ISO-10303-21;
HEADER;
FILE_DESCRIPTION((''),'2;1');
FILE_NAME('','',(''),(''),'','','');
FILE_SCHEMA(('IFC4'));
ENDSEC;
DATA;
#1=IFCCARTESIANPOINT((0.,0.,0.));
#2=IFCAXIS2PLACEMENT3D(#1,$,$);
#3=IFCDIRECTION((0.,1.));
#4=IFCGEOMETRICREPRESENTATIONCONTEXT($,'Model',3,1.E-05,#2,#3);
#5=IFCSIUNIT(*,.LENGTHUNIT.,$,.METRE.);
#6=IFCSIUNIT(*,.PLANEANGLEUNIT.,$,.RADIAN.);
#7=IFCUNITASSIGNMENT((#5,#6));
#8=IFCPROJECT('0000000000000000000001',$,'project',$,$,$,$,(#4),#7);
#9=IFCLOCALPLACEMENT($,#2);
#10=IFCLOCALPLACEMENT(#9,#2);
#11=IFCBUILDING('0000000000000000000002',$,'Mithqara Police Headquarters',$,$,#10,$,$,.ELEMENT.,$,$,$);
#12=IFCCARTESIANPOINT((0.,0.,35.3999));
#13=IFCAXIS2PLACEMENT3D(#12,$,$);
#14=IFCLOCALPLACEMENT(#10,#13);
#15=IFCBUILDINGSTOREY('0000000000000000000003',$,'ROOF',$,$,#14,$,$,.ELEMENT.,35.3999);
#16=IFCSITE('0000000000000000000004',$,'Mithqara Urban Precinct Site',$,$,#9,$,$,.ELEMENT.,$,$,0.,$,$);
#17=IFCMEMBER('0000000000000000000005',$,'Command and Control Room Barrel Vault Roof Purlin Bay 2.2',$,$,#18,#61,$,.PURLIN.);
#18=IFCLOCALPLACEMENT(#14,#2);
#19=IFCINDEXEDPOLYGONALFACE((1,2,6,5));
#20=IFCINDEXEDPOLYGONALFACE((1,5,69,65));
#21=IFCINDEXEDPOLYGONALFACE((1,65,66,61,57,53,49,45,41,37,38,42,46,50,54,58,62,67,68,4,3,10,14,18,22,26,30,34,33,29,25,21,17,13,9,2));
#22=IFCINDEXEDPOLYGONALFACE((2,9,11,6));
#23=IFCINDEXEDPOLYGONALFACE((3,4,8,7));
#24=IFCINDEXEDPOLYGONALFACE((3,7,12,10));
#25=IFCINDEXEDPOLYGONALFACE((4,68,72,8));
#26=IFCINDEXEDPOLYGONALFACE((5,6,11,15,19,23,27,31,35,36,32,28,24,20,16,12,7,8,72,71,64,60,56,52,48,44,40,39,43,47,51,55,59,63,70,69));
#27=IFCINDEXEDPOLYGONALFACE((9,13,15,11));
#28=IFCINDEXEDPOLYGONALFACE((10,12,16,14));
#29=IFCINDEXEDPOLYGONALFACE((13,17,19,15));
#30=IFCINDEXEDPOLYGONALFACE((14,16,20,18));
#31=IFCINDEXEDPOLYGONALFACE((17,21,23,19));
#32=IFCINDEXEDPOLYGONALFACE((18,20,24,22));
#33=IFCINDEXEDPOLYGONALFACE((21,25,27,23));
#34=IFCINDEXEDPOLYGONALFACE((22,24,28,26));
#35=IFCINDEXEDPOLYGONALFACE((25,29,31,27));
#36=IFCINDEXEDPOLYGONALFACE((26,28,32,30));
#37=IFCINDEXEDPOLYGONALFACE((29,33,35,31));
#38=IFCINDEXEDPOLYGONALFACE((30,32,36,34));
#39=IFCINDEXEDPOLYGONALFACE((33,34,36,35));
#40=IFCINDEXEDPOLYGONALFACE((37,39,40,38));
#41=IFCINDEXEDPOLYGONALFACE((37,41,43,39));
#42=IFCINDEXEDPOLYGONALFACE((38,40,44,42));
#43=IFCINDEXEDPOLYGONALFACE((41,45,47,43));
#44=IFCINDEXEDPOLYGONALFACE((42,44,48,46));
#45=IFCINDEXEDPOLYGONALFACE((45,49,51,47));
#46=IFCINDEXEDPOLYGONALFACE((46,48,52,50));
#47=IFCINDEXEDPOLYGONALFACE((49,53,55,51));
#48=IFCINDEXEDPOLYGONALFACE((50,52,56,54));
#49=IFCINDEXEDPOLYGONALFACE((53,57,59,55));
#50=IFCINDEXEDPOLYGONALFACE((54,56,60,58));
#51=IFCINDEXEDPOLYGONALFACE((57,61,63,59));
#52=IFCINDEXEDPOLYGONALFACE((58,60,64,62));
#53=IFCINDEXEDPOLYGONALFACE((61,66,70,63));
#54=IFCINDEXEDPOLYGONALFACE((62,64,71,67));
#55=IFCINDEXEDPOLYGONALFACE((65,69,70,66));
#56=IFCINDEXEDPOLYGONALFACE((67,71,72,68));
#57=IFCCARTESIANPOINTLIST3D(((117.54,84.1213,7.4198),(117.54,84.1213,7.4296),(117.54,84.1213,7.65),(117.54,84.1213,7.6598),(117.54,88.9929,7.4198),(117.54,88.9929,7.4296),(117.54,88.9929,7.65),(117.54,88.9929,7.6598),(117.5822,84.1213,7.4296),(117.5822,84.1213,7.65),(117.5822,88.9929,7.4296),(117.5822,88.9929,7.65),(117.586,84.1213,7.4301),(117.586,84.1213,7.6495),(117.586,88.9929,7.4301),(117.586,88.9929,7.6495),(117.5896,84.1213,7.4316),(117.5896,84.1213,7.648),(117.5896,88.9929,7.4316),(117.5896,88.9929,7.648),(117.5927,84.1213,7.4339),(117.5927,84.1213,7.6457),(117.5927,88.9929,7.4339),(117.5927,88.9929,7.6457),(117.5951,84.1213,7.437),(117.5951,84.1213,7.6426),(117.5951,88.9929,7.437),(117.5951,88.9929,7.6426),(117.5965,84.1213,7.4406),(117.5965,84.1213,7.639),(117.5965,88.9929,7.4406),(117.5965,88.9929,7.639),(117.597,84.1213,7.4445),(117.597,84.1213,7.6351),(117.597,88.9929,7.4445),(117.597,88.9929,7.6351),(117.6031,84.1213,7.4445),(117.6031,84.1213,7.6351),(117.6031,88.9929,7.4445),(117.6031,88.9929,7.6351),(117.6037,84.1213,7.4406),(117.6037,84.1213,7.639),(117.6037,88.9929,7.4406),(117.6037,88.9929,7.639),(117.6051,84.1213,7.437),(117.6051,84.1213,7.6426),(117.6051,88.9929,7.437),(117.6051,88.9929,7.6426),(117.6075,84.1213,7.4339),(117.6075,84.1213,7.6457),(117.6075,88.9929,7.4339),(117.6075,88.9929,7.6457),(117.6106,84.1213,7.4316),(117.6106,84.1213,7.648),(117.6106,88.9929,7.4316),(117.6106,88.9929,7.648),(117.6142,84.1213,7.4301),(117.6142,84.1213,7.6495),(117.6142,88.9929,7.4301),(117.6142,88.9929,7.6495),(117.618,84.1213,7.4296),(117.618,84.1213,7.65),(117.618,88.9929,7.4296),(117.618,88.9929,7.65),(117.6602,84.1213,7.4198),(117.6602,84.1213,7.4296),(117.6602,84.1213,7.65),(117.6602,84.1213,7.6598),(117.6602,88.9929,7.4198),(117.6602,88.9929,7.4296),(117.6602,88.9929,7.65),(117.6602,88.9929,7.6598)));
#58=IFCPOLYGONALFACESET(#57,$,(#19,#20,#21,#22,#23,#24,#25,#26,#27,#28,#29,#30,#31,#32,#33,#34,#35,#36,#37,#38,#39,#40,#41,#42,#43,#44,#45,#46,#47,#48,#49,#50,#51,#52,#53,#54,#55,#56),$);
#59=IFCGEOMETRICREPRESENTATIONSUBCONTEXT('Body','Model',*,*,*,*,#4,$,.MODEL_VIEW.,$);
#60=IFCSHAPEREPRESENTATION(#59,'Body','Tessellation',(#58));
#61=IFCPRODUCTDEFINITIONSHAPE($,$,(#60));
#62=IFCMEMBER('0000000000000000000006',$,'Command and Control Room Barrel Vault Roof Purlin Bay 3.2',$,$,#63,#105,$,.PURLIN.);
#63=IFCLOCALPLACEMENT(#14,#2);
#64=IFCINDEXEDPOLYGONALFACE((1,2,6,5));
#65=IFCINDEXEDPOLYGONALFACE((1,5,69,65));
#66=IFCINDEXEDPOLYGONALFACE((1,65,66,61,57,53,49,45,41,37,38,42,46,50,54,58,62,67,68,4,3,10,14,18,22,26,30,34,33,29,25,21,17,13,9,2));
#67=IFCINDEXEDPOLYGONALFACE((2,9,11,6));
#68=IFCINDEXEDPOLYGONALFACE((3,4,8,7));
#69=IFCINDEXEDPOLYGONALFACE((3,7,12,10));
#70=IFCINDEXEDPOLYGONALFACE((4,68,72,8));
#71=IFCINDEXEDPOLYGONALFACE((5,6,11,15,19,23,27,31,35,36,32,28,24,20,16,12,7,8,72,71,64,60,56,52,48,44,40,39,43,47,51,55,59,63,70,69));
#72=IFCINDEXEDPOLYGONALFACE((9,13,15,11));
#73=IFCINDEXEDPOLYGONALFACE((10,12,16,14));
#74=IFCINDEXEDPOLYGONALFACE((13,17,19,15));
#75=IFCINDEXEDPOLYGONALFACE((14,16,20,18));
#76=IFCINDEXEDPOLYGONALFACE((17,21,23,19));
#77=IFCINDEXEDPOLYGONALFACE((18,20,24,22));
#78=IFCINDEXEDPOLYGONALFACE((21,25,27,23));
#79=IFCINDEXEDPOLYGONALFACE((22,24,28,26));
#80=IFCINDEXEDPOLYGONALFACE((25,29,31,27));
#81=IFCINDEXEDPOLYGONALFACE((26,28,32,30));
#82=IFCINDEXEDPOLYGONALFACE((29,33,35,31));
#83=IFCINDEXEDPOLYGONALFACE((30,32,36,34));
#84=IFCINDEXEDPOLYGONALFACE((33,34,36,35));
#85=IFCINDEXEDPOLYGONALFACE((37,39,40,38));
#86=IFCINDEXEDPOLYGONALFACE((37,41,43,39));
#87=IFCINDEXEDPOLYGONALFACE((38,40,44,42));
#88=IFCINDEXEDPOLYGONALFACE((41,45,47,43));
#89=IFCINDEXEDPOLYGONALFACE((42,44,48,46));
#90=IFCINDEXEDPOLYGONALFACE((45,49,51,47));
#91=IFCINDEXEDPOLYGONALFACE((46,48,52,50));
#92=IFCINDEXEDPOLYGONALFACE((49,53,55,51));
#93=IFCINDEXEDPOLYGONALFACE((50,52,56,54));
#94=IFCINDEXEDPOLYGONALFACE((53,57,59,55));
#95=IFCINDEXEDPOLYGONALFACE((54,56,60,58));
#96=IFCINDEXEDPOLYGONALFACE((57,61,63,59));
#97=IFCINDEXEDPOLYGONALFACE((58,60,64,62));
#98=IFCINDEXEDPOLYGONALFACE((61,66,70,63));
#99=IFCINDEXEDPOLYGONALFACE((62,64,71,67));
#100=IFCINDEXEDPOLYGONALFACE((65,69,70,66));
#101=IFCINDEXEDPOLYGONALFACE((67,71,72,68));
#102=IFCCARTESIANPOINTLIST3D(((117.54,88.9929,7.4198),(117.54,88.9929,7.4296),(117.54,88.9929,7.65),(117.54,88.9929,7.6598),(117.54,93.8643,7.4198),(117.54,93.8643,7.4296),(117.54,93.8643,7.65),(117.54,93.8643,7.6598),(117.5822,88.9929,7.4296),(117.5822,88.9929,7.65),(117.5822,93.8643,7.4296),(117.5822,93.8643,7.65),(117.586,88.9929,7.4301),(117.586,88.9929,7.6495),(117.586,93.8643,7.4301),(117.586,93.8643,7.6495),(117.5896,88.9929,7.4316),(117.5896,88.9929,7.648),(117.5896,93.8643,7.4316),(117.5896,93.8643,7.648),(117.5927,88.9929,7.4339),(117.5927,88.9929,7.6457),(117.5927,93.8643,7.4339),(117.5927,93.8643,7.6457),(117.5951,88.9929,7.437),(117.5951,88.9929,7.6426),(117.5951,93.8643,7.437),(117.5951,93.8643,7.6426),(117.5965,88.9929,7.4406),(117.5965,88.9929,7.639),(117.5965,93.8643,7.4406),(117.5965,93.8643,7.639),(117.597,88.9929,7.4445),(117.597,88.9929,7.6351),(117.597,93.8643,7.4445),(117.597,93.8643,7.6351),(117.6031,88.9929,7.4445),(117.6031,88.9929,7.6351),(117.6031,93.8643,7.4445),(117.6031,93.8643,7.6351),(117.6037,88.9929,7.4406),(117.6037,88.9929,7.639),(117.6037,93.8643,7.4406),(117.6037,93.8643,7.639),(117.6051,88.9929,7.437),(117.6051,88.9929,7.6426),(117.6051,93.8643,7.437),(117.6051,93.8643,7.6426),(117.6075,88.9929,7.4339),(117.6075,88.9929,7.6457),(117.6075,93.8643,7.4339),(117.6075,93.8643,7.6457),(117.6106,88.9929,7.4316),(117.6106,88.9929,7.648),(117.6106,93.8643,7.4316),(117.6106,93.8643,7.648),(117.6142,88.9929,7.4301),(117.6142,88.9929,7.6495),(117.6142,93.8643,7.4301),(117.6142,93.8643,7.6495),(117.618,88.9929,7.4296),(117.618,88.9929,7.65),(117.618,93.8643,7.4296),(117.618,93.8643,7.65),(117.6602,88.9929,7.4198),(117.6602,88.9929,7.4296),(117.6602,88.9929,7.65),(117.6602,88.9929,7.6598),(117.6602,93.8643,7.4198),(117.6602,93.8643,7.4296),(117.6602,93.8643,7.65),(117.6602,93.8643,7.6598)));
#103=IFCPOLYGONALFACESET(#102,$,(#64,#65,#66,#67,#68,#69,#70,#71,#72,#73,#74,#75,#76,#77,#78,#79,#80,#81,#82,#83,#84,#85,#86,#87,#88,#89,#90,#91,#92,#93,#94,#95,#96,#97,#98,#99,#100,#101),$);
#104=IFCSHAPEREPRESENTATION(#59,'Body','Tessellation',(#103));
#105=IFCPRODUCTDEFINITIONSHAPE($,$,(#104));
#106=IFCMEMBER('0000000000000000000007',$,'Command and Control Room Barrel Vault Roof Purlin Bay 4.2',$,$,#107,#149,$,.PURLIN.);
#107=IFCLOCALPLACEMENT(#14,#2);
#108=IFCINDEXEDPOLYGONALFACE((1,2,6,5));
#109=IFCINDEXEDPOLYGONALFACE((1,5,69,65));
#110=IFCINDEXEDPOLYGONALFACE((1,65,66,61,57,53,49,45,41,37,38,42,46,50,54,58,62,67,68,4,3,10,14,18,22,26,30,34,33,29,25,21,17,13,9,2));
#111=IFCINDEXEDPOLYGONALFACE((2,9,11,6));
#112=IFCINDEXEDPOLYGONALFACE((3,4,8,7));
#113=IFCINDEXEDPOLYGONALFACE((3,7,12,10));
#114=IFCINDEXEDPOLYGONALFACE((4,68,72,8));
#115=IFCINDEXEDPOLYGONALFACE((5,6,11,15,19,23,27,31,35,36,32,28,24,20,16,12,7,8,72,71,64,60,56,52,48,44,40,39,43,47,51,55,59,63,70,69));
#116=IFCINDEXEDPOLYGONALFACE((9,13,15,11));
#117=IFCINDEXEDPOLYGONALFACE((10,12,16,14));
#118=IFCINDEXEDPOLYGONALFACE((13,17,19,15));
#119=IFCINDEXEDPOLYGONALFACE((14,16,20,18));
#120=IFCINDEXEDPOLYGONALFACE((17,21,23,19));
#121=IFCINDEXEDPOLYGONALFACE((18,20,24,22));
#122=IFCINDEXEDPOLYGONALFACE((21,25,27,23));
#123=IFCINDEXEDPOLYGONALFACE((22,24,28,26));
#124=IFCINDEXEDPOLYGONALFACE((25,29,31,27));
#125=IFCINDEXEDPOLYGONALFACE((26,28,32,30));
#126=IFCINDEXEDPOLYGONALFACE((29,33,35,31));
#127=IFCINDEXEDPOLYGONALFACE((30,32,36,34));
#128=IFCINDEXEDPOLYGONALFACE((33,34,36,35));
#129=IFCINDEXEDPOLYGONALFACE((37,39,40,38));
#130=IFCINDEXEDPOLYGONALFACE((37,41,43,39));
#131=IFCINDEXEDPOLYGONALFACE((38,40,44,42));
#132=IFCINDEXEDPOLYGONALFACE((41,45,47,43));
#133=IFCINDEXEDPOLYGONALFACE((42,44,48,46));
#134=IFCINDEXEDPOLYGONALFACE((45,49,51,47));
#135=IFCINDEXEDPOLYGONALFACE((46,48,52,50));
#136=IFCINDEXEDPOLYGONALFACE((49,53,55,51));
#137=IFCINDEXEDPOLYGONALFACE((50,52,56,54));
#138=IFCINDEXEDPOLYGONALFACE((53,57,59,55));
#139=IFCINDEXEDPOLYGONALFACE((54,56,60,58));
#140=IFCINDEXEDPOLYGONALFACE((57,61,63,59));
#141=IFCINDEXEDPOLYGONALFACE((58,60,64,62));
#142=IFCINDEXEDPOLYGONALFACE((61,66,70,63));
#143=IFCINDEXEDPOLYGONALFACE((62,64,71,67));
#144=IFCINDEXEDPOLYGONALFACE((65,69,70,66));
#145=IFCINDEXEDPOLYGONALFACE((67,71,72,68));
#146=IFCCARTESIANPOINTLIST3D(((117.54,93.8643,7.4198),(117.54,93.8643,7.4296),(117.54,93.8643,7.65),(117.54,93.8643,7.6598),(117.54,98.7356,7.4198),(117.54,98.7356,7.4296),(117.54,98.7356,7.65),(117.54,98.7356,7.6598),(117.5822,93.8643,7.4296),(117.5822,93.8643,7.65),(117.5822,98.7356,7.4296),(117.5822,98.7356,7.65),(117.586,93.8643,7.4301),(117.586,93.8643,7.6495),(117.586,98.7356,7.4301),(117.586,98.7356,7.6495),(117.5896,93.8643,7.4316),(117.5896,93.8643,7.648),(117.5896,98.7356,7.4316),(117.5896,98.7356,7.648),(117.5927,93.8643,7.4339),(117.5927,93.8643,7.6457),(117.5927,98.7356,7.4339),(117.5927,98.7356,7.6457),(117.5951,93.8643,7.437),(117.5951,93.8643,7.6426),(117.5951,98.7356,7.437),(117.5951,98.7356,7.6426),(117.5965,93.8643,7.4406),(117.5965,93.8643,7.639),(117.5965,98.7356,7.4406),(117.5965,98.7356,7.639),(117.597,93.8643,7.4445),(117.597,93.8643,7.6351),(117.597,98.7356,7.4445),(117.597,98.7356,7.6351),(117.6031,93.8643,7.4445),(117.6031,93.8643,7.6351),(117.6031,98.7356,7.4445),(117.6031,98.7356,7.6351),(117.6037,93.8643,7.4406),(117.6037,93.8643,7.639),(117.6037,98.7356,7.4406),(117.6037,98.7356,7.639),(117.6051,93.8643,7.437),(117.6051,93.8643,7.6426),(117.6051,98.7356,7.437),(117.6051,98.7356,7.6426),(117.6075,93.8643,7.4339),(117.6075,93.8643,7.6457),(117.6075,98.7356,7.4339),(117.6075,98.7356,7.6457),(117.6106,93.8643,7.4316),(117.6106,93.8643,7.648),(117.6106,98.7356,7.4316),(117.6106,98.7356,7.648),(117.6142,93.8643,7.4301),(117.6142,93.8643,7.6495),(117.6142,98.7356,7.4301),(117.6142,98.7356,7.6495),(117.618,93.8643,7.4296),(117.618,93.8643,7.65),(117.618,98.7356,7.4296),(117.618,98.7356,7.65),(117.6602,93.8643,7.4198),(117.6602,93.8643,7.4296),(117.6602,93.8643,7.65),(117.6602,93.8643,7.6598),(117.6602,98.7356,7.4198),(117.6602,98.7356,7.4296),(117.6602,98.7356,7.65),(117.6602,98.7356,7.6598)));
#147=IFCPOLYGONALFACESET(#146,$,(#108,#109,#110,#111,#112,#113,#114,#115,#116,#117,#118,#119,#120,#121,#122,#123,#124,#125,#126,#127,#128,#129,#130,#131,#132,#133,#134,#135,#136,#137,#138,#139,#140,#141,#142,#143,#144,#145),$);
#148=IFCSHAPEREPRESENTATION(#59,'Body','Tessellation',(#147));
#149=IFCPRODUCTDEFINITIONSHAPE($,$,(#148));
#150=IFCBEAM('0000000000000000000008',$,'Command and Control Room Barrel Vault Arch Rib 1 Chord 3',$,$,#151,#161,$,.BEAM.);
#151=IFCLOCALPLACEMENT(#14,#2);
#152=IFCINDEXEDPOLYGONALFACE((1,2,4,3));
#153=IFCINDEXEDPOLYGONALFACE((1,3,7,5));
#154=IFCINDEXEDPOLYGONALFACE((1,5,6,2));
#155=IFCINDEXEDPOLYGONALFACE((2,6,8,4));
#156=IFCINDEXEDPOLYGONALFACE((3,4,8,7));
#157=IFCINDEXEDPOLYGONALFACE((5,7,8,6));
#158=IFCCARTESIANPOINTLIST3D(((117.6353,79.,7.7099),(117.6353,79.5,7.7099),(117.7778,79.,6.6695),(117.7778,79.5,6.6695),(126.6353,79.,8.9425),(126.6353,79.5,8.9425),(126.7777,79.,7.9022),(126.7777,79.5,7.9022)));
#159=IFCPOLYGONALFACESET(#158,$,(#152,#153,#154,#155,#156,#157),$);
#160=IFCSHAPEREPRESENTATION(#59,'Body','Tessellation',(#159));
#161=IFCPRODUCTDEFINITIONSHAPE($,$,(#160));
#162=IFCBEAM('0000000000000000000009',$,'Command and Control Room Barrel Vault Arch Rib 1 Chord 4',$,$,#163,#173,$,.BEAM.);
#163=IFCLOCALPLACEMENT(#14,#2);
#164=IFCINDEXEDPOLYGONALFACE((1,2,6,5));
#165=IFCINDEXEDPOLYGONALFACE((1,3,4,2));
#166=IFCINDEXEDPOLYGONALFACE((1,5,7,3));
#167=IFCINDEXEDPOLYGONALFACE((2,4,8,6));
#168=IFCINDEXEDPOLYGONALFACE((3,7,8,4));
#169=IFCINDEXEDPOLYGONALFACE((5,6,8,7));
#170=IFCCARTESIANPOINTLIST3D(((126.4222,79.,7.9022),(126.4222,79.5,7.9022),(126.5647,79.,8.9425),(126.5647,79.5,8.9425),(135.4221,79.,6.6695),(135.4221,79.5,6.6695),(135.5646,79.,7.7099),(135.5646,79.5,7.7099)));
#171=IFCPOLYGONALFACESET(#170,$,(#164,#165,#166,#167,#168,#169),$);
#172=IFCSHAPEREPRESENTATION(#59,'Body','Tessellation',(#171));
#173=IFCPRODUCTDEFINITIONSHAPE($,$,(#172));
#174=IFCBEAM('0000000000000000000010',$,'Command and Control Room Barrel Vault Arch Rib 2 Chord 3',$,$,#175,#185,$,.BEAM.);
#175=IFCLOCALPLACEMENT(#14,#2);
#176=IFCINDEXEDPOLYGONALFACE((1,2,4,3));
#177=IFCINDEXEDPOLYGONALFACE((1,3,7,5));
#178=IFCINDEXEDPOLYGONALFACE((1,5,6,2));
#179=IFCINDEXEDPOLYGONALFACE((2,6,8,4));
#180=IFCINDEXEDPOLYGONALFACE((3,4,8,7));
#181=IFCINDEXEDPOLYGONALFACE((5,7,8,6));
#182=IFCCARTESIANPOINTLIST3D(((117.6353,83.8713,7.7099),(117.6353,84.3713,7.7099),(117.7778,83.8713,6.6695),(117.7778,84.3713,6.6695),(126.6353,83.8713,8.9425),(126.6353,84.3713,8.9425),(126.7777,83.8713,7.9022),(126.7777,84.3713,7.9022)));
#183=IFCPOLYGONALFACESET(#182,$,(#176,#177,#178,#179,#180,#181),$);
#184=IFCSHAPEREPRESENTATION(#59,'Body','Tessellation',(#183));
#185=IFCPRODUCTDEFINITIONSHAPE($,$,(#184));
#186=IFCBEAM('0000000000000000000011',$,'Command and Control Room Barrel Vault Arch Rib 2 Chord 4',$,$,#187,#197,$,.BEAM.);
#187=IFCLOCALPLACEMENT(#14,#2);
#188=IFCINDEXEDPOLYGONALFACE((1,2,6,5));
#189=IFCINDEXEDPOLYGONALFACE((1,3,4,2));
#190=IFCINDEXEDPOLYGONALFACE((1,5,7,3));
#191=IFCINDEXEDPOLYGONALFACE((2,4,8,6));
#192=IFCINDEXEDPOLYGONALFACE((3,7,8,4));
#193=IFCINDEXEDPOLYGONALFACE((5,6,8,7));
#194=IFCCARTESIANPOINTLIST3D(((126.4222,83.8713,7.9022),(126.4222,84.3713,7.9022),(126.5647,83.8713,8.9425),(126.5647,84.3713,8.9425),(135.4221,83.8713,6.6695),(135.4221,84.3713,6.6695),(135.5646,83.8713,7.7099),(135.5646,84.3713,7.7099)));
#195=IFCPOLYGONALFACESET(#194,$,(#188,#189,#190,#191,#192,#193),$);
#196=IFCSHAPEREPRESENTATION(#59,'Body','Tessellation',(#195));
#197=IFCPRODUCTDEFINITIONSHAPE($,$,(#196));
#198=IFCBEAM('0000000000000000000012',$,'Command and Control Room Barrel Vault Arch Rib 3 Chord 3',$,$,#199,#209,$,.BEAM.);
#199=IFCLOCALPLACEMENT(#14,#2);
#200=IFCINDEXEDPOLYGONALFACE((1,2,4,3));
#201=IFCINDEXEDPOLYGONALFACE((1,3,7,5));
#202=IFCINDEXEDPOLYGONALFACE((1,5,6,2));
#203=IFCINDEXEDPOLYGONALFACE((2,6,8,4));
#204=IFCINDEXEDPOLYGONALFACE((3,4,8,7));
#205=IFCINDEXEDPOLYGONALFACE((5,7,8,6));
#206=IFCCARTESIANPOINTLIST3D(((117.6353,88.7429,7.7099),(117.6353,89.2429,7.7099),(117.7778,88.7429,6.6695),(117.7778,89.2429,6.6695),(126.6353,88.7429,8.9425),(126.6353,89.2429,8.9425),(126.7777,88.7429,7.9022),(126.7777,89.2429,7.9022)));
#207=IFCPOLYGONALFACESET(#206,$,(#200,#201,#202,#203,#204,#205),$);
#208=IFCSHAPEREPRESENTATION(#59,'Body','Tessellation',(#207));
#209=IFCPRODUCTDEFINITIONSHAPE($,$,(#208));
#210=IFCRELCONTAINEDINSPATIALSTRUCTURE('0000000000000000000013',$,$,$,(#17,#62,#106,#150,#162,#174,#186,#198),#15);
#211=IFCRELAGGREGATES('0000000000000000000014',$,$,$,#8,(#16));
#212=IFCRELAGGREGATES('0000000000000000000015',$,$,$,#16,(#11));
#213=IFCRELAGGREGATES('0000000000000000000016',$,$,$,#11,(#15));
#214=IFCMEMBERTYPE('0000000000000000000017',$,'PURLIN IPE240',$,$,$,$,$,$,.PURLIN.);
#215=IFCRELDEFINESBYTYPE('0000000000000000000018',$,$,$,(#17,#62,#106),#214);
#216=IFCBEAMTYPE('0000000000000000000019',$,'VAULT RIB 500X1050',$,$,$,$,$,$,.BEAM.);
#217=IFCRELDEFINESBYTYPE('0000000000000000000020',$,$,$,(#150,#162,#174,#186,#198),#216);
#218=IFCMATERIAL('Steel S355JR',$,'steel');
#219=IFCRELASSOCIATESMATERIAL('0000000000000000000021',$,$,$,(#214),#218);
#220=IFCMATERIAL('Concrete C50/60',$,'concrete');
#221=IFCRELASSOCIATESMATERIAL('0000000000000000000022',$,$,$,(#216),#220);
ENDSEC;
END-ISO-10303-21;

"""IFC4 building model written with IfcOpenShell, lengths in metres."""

from ifc_helpers import new_model, si_unit, direction, frame, origin, origin_2d, place, context, subcontext, project, spatial, rectangle, i_section, extrude, material, material_profile, profile_set, type_object, element, save


model = new_model("IFC4")

# Units and contexts
model_context = context("Model", 3, precision=1e-05, world=origin(), true_north=direction((0.0, 1.0)))
body_context = subcontext(model_context, "Body", "Model", "MODEL_VIEW")
ifc_project = project(units=[si_unit("LENGTHUNIT", "METRE"), si_unit("PLANEANGLEUNIT", "RADIAN")], contexts=[model_context])

# Site, building, storey
site_placement = place(None, origin())
site = spatial("IfcSite", under=ifc_project, at=site_placement, Name="Mithqara Urban Precinct Site", CompositionType="ELEMENT", RefElevation=0.0)
building_placement = place(site_placement, origin())
building = spatial("IfcBuilding", under=site, at=building_placement, Name="Mithqara Police Headquarters", CompositionType="ELEMENT")
storey_placement = place(building_placement, frame((0.0, 0.0, 35.3999)))
storey = spatial("IfcBuildingStorey", under=building, at=storey_placement, Name="ROOF", CompositionType="ELEMENT", Elevation=35.3999)

# Members
ifc_material_1 = material(Name="Steel S355JR", Category="steel")
ifc_material_profile_1 = material_profile(ifc_material_1, i_section(OverallWidth=0.1201, OverallDepth=0.24, WebThickness=0.0061, FlangeThickness=0.0098, FilletRadius=0.0149, at=origin_2d()), Name="IPE 240")
ifc_profile_set_1 = profile_set([ifc_material_profile_1], Name="Steel S355JR")
member_type_1 = type_object("IfcMemberType", Name="PURLIN IPE240", PredefinedType="PURLIN", material=ifc_profile_set_1)
member_1_placement = place(storey_placement, frame((117.6001, 84.1213, 7.5398), z_axis=(0.0, 1.0, 0.0), x_axis=(-1.0, 0.0, 0.0)))
element("IfcMember", 1, at=member_1_placement, inside=storey, type_object=member_type_1, Name="Command and Control Room Barrel Vault Roof Purlin Bay 2.2", PredefinedType="PURLIN", context=body_context, shape_type="SweptSolid", body=[
    extrude(i_section(OverallWidth=0.1201, OverallDepth=0.24, WebThickness=0.0061, FlangeThickness=0.0098, FilletRadius=0.0149, at=origin_2d()), origin(), (0.0, 0.0, 1.0), 4.8716),
])
for number, where, z_axis, x_axis, name in (
    (2, (117.6001, 88.9929, 7.5398), (0.0, 1.0, 0.0), (-1.0, 0.0, 0.0), "Command and Control Room Barrel Vault Roof Purlin Bay 3.2"),
    (3, (117.6001, 93.8643, 7.5398), (0.0, 1.0, 0.0), (-1.0, 0.0, 0.0), "Command and Control Room Barrel Vault Roof Purlin Bay 4.2"),
):
    element("IfcMember", number, at=place(storey_placement, frame(where, z_axis=z_axis, x_axis=x_axis)), inside=storey, type_object=member_type_1, Name=name, PredefinedType="PURLIN", context=body_context, shape_type="SweptSolid", body=[
        extrude(i_section(OverallWidth=0.1201, OverallDepth=0.24, WebThickness=0.0061, FlangeThickness=0.0098, FilletRadius=0.0149, at=origin_2d()), origin(), (0.0, 0.0, 1.0), 4.8713),
    ])

# Beams
ifc_material_2 = material(Name="Concrete C50/60", Category="concrete")
ifc_material_profile_2 = material_profile(ifc_material_2, rectangle(XDim=0.5, YDim=1.05, at=origin_2d()), Name="RIB 500x1050")
ifc_profile_set_2 = profile_set([ifc_material_profile_2], Name="Concrete C50/60")
beam_type = type_object("IfcBeamType", Name="VAULT RIB 500X1050", PredefinedType="BEAM", material=ifc_profile_set_2)
for number, where, z_axis, x_axis, name in (
    (4, (117.7065, 79.25, 7.1897), (0.990751, 0.0, 0.135696), (0.0, 1.0, 0.0), "Command and Control Room Barrel Vault Arch Rib 1 Chord 3"),
    (5, (126.4934, 79.25, 8.4224), (0.990751, 0.0, -0.135696), (0.0, 1.0, 0.0), "Command and Control Room Barrel Vault Arch Rib 1 Chord 4"),
    (6, (117.7065, 84.1213, 7.1897), (0.990751, 0.0, 0.135696), (0.0, 1.0, 0.0), "Command and Control Room Barrel Vault Arch Rib 2 Chord 3"),
    (7, (126.4934, 84.1213, 8.4224), (0.990751, 0.0, -0.135696), (0.0, 1.0, 0.0), "Command and Control Room Barrel Vault Arch Rib 2 Chord 4"),
    (8, (117.7065, 88.9929, 7.1897), (0.990751, 0.0, 0.135696), (0.0, 1.0, 0.0), "Command and Control Room Barrel Vault Arch Rib 3 Chord 3"),
):
    element("IfcBeam", number, at=place(storey_placement, frame(where, z_axis=z_axis, x_axis=x_axis)), inside=storey, type_object=beam_type, Name=name, PredefinedType="BEAM", context=body_context, shape_type="SweptSolid", body=[
        extrude(rectangle(XDim=0.5, YDim=1.05, at=origin_2d()), origin(), (0.0, 0.0, 1.0), 9.084),
    ])

save(model, "model.ifc")
